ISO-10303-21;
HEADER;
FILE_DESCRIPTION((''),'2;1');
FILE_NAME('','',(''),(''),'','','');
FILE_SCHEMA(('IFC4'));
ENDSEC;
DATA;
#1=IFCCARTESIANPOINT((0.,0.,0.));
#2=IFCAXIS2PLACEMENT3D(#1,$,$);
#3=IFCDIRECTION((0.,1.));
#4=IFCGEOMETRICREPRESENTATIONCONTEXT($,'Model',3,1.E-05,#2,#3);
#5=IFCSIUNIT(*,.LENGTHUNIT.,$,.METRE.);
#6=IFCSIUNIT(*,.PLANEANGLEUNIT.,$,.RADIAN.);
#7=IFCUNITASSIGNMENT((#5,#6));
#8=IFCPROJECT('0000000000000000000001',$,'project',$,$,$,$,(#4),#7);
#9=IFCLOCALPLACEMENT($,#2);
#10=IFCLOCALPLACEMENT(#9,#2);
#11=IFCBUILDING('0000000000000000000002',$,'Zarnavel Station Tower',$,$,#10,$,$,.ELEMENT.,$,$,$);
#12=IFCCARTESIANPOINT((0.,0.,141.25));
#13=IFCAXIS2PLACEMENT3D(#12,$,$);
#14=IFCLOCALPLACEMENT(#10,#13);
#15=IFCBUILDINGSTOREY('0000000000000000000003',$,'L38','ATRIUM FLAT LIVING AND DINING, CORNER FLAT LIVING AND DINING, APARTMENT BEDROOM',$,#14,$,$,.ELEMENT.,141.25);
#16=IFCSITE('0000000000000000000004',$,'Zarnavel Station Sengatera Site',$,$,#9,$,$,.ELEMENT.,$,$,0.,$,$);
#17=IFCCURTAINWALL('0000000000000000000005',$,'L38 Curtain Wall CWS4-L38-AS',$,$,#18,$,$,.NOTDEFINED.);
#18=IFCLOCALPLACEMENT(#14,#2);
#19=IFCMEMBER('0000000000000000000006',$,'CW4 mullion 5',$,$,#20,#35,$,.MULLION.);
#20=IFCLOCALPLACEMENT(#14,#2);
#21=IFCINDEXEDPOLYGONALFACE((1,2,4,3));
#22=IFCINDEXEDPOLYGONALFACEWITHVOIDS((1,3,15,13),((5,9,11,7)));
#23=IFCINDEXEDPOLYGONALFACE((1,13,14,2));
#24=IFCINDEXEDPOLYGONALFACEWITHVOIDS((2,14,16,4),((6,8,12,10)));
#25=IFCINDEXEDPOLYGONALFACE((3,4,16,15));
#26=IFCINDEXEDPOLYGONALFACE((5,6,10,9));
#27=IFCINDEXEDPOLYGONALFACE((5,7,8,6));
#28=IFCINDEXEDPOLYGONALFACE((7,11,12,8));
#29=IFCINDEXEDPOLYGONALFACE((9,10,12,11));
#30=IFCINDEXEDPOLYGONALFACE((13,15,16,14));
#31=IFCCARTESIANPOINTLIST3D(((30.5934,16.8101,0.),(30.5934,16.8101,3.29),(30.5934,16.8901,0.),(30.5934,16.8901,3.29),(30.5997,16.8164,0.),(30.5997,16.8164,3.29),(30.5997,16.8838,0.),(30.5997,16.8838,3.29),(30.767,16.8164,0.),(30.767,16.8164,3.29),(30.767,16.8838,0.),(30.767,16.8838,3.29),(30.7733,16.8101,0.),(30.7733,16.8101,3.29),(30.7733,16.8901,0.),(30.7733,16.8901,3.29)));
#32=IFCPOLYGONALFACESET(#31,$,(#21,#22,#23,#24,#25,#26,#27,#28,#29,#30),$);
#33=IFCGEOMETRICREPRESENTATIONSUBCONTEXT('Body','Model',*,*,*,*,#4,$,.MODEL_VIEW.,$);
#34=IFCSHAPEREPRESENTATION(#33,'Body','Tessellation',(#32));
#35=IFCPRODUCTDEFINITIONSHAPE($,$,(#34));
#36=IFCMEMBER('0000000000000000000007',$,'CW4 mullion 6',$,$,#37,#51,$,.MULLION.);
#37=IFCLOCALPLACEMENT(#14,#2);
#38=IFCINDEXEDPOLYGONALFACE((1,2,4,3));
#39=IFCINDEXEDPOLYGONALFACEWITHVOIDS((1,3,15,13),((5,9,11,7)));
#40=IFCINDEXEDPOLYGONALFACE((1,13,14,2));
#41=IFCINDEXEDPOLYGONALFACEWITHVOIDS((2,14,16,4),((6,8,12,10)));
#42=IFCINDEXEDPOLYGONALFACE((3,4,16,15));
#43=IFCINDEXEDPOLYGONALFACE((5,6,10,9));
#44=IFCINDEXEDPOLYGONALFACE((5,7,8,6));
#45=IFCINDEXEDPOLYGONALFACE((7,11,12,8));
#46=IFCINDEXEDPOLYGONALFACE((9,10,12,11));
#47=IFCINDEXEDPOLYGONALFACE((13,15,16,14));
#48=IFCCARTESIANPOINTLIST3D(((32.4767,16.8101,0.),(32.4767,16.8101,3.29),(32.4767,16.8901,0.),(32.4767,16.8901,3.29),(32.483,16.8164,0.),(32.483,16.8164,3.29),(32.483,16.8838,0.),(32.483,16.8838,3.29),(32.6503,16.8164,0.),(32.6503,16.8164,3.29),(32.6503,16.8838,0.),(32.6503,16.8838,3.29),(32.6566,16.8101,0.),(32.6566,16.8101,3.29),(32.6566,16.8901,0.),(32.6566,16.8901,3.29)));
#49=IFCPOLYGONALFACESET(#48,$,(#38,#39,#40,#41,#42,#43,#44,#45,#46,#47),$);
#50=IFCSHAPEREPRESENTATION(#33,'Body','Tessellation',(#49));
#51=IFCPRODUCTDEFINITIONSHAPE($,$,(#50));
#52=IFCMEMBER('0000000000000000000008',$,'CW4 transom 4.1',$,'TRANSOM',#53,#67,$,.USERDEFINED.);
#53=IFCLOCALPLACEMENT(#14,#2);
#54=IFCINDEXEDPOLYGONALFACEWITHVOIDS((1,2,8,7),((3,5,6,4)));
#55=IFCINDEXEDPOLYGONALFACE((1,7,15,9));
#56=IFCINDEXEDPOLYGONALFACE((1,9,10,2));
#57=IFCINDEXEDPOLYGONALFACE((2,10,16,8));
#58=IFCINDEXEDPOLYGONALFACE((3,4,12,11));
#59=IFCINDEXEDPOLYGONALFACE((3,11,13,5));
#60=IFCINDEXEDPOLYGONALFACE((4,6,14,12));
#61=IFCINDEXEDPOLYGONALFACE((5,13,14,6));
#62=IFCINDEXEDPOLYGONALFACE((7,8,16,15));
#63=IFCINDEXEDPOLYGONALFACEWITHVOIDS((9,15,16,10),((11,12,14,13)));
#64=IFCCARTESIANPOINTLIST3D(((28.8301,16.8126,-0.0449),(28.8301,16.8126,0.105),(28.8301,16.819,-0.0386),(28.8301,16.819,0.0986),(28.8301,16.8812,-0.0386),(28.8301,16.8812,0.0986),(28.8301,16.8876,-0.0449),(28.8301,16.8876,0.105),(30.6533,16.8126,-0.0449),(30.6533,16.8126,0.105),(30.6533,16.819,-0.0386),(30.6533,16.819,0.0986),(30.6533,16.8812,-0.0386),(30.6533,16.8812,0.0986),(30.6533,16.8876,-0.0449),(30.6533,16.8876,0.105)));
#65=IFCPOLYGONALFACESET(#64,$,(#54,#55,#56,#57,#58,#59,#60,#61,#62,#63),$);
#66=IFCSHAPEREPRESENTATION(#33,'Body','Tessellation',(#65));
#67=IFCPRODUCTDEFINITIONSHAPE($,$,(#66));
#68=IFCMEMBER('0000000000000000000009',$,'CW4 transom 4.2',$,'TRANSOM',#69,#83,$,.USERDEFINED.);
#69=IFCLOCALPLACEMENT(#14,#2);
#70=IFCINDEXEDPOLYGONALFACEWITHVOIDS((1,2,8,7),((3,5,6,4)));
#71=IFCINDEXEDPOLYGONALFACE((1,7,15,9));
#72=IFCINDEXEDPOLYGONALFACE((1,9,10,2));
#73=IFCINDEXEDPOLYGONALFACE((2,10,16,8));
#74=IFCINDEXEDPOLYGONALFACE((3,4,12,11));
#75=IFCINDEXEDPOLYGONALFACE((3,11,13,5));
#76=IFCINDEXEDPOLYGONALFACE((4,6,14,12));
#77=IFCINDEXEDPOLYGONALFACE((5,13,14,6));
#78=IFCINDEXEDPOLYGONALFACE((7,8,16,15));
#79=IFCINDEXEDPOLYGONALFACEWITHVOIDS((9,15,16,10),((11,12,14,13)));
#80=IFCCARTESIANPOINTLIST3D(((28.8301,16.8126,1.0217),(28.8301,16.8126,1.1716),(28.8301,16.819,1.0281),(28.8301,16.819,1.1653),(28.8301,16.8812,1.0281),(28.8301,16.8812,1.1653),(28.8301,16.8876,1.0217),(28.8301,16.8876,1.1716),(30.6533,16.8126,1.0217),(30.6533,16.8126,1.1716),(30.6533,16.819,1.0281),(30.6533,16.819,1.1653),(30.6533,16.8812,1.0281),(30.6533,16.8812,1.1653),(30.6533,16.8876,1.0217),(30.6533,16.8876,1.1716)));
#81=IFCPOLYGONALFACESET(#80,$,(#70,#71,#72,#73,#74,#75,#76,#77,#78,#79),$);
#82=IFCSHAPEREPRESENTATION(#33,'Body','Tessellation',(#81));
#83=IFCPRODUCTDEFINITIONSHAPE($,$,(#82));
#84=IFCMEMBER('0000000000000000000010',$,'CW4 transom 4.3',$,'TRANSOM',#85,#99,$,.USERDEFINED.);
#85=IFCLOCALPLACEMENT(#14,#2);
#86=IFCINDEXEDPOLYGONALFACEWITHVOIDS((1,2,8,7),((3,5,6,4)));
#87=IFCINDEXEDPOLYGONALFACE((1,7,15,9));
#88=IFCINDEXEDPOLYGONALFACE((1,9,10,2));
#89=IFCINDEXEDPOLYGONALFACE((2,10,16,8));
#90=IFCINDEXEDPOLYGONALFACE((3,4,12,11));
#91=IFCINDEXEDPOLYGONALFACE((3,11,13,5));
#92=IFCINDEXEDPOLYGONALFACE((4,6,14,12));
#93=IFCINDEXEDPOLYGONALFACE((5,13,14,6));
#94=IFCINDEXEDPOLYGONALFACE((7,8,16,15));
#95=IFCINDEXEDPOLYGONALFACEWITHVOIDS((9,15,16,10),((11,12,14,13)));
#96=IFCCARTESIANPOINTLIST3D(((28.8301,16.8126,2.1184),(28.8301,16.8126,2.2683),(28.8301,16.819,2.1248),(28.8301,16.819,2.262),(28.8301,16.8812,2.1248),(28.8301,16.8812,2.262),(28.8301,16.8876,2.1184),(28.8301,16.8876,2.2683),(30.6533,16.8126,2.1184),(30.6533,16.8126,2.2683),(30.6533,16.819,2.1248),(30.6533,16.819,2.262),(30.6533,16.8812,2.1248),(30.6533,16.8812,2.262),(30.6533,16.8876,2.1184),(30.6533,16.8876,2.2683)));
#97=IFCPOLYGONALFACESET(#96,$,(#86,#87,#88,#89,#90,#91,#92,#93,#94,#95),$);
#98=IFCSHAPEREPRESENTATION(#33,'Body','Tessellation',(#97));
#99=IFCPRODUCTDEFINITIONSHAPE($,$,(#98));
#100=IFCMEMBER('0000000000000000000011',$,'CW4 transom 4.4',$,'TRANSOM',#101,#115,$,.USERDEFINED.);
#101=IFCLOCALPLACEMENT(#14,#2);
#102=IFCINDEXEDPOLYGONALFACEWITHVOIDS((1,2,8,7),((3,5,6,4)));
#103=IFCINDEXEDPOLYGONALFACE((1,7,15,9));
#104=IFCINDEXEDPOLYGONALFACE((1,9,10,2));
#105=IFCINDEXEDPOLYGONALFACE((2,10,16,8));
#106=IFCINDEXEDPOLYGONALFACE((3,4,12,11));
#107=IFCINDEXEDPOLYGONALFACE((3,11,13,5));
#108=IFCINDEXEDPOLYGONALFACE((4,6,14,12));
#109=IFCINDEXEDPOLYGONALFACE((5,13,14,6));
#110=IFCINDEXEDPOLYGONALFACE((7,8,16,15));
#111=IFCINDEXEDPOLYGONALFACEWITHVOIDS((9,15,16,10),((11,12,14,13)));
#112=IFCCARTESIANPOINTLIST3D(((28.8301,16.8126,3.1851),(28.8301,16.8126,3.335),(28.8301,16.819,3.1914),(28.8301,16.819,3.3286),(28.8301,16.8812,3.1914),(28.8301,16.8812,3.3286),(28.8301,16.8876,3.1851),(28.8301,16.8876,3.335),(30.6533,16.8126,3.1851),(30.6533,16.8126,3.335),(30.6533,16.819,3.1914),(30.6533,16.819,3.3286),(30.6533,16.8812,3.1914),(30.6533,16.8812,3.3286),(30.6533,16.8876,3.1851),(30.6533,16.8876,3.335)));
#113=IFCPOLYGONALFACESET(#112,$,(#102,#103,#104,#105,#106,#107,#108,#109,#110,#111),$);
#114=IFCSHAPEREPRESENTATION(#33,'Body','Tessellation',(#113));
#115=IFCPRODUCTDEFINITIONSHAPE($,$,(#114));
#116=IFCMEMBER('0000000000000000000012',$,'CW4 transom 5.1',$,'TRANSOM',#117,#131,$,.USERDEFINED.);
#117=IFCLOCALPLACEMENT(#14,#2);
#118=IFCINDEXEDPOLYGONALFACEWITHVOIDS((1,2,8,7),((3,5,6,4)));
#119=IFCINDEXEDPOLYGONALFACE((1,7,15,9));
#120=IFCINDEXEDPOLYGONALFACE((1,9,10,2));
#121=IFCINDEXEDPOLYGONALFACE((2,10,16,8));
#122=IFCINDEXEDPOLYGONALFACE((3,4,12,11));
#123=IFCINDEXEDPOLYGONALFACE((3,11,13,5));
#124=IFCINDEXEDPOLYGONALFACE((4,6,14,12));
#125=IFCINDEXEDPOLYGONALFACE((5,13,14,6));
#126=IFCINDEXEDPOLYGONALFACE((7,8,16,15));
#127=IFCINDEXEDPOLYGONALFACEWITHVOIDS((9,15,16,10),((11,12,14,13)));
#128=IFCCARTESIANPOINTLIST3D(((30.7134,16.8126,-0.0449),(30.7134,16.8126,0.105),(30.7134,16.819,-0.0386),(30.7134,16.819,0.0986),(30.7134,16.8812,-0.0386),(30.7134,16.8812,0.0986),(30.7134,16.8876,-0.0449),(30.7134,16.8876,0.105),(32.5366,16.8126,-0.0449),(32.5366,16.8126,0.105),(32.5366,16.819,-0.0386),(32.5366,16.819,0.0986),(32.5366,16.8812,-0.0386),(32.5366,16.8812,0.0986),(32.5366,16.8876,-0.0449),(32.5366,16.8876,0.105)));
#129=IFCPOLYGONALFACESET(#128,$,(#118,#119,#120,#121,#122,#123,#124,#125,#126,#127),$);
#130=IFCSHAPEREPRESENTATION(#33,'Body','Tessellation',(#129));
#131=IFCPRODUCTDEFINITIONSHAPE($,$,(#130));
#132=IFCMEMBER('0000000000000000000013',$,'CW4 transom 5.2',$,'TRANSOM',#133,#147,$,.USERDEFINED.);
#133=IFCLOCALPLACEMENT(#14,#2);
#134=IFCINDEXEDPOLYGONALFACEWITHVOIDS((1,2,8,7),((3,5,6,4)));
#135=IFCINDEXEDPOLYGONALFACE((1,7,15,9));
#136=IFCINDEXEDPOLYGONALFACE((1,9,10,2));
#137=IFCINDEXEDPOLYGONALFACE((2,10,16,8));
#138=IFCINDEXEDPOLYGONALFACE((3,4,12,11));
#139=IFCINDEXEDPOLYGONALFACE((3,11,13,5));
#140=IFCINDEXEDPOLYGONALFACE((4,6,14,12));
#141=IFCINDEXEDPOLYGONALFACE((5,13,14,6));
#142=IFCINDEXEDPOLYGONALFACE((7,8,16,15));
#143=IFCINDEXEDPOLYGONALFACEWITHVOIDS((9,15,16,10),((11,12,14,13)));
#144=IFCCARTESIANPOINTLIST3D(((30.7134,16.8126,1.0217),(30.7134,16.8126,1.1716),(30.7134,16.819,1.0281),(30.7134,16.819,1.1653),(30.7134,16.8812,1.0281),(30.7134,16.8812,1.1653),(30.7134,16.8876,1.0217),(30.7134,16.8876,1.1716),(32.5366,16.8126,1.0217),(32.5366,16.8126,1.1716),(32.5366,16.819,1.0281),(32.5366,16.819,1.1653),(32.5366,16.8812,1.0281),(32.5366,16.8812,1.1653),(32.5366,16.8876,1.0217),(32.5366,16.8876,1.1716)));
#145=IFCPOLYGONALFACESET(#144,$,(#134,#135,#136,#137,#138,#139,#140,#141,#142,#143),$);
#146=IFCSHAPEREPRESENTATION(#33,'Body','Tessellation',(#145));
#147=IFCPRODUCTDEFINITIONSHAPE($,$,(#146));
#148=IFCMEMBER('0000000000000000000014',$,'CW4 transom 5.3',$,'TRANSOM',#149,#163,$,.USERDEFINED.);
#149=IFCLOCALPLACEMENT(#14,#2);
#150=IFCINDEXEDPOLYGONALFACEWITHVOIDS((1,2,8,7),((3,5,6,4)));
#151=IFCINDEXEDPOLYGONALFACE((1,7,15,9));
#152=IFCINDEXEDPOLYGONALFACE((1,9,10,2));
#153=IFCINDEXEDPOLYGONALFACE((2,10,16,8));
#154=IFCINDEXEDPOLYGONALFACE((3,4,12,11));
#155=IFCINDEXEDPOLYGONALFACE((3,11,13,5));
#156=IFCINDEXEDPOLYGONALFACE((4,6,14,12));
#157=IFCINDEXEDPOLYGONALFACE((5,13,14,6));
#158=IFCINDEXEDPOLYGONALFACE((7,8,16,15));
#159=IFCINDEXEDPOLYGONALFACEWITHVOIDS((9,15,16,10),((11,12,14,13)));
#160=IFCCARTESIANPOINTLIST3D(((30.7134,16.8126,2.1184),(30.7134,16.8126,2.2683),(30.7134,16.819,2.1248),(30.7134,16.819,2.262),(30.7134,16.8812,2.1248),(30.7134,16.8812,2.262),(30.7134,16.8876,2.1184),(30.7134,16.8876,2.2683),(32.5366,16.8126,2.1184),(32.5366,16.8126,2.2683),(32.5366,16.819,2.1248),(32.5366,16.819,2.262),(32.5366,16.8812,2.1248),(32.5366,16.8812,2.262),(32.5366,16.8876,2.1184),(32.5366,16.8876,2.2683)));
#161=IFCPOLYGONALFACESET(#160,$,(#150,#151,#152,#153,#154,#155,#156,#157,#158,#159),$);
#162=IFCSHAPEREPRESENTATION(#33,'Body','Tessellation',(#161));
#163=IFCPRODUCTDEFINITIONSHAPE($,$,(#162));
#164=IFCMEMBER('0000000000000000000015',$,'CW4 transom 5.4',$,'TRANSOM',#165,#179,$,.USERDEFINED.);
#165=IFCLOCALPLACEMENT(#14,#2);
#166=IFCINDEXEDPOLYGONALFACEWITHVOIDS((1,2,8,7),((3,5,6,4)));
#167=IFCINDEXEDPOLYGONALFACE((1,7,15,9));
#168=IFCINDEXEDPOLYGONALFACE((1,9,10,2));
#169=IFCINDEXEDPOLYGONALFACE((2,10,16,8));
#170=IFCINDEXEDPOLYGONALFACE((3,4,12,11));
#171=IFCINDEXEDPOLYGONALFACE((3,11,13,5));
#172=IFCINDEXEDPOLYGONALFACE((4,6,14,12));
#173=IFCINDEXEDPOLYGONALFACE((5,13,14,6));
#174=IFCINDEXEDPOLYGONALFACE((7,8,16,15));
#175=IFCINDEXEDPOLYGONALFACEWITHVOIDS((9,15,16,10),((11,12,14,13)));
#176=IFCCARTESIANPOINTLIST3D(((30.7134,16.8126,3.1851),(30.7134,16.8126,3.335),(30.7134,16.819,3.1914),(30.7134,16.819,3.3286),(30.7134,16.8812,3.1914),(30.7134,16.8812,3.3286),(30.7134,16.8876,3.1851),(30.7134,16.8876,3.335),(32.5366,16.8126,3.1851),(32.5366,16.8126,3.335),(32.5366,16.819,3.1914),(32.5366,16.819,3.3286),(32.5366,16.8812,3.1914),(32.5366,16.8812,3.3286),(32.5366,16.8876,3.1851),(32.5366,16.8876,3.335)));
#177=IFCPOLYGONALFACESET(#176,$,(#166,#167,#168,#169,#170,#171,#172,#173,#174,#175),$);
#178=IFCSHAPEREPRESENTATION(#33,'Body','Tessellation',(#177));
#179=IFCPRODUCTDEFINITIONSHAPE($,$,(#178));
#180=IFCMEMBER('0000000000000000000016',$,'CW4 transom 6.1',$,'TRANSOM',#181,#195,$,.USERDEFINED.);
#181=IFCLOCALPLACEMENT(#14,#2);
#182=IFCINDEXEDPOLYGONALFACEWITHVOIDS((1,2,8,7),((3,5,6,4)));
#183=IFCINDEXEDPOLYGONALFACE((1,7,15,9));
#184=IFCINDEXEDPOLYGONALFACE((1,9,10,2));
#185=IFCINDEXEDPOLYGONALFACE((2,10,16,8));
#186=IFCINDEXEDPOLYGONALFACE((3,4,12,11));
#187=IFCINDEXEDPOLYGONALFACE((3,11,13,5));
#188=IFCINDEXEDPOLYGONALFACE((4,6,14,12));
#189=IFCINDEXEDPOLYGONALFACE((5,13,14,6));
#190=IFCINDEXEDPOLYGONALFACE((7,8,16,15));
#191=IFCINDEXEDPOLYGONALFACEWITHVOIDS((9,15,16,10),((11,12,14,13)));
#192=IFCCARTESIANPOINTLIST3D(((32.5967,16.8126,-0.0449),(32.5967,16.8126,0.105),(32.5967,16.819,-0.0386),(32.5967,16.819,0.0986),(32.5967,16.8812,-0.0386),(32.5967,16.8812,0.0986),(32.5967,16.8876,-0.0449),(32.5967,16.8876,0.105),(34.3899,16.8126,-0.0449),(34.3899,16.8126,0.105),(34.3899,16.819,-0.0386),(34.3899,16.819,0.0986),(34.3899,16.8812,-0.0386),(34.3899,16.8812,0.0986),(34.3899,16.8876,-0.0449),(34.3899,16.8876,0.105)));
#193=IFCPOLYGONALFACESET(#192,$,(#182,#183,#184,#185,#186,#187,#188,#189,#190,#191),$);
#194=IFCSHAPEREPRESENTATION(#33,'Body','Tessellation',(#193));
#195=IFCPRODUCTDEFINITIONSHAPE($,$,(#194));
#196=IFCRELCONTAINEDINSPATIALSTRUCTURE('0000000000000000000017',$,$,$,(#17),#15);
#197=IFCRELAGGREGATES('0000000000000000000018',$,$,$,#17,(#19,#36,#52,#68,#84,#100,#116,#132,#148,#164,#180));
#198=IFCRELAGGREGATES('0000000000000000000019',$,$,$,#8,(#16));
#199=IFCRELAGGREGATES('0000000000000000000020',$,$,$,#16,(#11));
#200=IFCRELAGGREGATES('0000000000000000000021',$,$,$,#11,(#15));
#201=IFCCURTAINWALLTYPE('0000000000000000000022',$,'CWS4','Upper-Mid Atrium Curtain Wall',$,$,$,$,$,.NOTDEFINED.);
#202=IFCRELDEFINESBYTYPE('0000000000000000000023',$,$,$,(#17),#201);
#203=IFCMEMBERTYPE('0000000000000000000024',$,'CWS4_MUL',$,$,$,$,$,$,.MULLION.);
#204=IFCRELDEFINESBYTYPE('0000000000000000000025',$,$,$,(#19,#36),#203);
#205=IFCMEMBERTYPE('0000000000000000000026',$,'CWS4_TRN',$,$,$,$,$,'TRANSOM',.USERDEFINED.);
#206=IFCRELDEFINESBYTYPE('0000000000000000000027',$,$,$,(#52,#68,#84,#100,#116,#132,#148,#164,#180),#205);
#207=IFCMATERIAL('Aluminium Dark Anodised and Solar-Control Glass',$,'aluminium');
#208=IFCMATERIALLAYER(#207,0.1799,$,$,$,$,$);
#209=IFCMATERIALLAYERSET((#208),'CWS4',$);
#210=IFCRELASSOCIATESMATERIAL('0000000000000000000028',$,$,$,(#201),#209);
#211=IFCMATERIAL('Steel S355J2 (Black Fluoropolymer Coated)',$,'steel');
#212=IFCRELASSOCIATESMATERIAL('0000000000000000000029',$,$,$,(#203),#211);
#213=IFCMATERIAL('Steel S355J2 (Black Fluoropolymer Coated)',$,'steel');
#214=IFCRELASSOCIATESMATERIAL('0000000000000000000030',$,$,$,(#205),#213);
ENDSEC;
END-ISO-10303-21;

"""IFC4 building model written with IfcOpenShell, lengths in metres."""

from ifc_helpers import new_model, si_unit, direction, frame, origin, origin_2d, place, context, subcontext, project, spatial, hollow_rectangle, extrude, material, layer, layer_set, material_profile, profile_set, type_object, element, aggregate, save


model = new_model("IFC4")

# Units and contexts
model_context = context("Model", 3, precision=1e-05, world=origin(), true_north=direction((0.0, 1.0)))
body_context = subcontext(model_context, "Body", "Model", "MODEL_VIEW")
ifc_project = project(units=[si_unit("LENGTHUNIT", "METRE"), si_unit("PLANEANGLEUNIT", "RADIAN")], contexts=[model_context])

# Site, building, storey
site_placement = place(None, origin())
site = spatial("IfcSite", under=ifc_project, at=site_placement, Name="Zarnavel Station Sengatera Site", CompositionType="ELEMENT", RefElevation=0.0)
building_placement = place(site_placement, origin())
building = spatial("IfcBuilding", under=site, at=building_placement, Name="Zarnavel Station Tower", CompositionType="ELEMENT")
storey_placement = place(building_placement, frame((0.0, 0.0, 141.25)))
storey = spatial("IfcBuildingStorey", under=building, at=storey_placement, Name="L38", Description="ATRIUM FLAT LIVING AND DINING, CORNER FLAT LIVING AND DINING, APARTMENT BEDROOM", CompositionType="ELEMENT", Elevation=141.25)

# Curtain wall, members
ifc_material_1 = material(Name="Aluminium Dark Anodised and Solar-Control Glass", Category="aluminium")
ifc_layer_1 = layer(ifc_material_1, 0.1799)
ifc_layer_set_1 = layer_set([ifc_layer_1], Name="CWS4")
curtain_wall_type = type_object("IfcCurtainWallType", Name="CWS4", Description="Upper-Mid Atrium Curtain Wall", PredefinedType="NOTDEFINED", material=ifc_layer_set_1)
curtain_wall_placement = place(storey_placement, origin())
curtain_wall = element("IfcCurtainWall", 1, at=curtain_wall_placement, inside=storey, type_object=curtain_wall_type, Name="L38 Curtain Wall CWS4-L38-AS", PredefinedType="NOTDEFINED")
ifc_material_2 = material(Name="Steel S355J2 (Black Fluoropolymer Coated)", Category="steel")
ifc_material_profile_1 = material_profile(ifc_material_2, hollow_rectangle(XDim=0.0801, YDim=0.1799, WallThickness=0.0063, at=origin_2d()), Name="RHS180x80x6.3")
ifc_profile_set_1 = profile_set([ifc_material_profile_1], Name="Steel S355J2 (Black Fluoropolymer Coated)")
member_type_1 = type_object("IfcMemberType", Name="CWS4_MUL", PredefinedType="MULLION", material=ifc_profile_set_1)
member_1_placement = place(storey_placement, frame((30.6833, 16.8501, 0.0), z_axis=(0.0, 0.0, 1.0), x_axis=(0.0, 1.0, 0.0)))
member_1 = element("IfcMember", 2, at=member_1_placement, type_object=member_type_1, Name="CW4 mullion 5", PredefinedType="MULLION", context=body_context, shape_type="SweptSolid", body=[
    extrude(hollow_rectangle(XDim=0.0801, YDim=0.1799, WallThickness=0.0063, at=origin_2d()), origin(), (0.0, 0.0, 1.0), 3.29),
])
member_2_placement = place(storey_placement, frame((32.5667, 16.8501, 0.0), z_axis=(0.0, 0.0, 1.0), x_axis=(0.0, 1.0, 0.0)))
member_2 = element("IfcMember", 3, at=member_2_placement, type_object=member_type_1, Name="CW4 mullion 6", PredefinedType="MULLION", context=body_context, shape_type="SweptSolid", body=[
    extrude(hollow_rectangle(XDim=0.0801, YDim=0.1799, WallThickness=0.0063, at=origin_2d()), origin(), (0.0, 0.0, 1.0), 3.29),
])
ifc_material_3 = material(Name="Steel S355J2 (Black Fluoropolymer Coated)", Category="steel")
ifc_material_profile_2 = material_profile(ifc_material_3, hollow_rectangle(XDim=0.075, YDim=0.1499, WallThickness=0.0063, at=origin_2d()), Name="RHS150x75x6.3")
ifc_profile_set_2 = profile_set([ifc_material_profile_2], Name="Steel S355J2 (Black Fluoropolymer Coated)")
member_type_2 = type_object("IfcMemberType", Name="CWS4_TRN", ElementType="TRANSOM", PredefinedType="USERDEFINED", material=ifc_profile_set_2)
member_3_placement = place(storey_placement, frame((28.8301, 16.8501, 0.03), z_axis=(1.0, 0.0, 0.0), x_axis=(0.0, 1.0, 0.0)))
member_3 = element("IfcMember", 4, at=member_3_placement, type_object=member_type_2, Name="CW4 transom 4.1", ObjectType="TRANSOM", PredefinedType="USERDEFINED", context=body_context, shape_type="SweptSolid", body=[
    extrude(hollow_rectangle(XDim=0.075, YDim=0.1499, WallThickness=0.0063, at=origin_2d()), origin(), (0.0, 0.0, 1.0), 1.8232),
])
member_4_placement = place(storey_placement, frame((28.8301, 16.8501, 1.0967), z_axis=(1.0, 0.0, 0.0), x_axis=(0.0, 1.0, 0.0)))
member_4 = element("IfcMember", 5, at=member_4_placement, type_object=member_type_2, Name="CW4 transom 4.2", ObjectType="TRANSOM", PredefinedType="USERDEFINED", context=body_context, shape_type="SweptSolid", body=[
    extrude(hollow_rectangle(XDim=0.075, YDim=0.1499, WallThickness=0.0063, at=origin_2d()), origin(), (0.0, 0.0, 1.0), 1.8232),
])
member_5_placement = place(storey_placement, frame((28.8301, 16.8501, 2.1934), z_axis=(1.0, 0.0, 0.0), x_axis=(0.0, 1.0, 0.0)))
member_5 = element("IfcMember", 6, at=member_5_placement, type_object=member_type_2, Name="CW4 transom 4.3", ObjectType="TRANSOM", PredefinedType="USERDEFINED", context=body_context, shape_type="SweptSolid", body=[
    extrude(hollow_rectangle(XDim=0.075, YDim=0.1499, WallThickness=0.0063, at=origin_2d()), origin(), (0.0, 0.0, 1.0), 1.8232),
])
member_6_placement = place(storey_placement, frame((28.8301, 16.8501, 3.26), z_axis=(1.0, 0.0, 0.0), x_axis=(0.0, 1.0, 0.0)))
member_6 = element("IfcMember", 7, at=member_6_placement, type_object=member_type_2, Name="CW4 transom 4.4", ObjectType="TRANSOM", PredefinedType="USERDEFINED", context=body_context, shape_type="SweptSolid", body=[
    extrude(hollow_rectangle(XDim=0.075, YDim=0.1499, WallThickness=0.0063, at=origin_2d()), origin(), (0.0, 0.0, 1.0), 1.8232),
])
member_7_placement = place(storey_placement, frame((30.7134, 16.8501, 0.03), z_axis=(1.0, 0.0, 0.0), x_axis=(0.0, 1.0, 0.0)))
member_7 = element("IfcMember", 8, at=member_7_placement, type_object=member_type_2, Name="CW4 transom 5.1", ObjectType="TRANSOM", PredefinedType="USERDEFINED", context=body_context, shape_type="SweptSolid", body=[
    extrude(hollow_rectangle(XDim=0.075, YDim=0.1499, WallThickness=0.0063, at=origin_2d()), origin(), (0.0, 0.0, 1.0), 1.8232),
])
member_8_placement = place(storey_placement, frame((30.7134, 16.8501, 1.0967), z_axis=(1.0, 0.0, 0.0), x_axis=(0.0, 1.0, 0.0)))
member_8 = element("IfcMember", 9, at=member_8_placement, type_object=member_type_2, Name="CW4 transom 5.2", ObjectType="TRANSOM", PredefinedType="USERDEFINED", context=body_context, shape_type="SweptSolid", body=[
    extrude(hollow_rectangle(XDim=0.075, YDim=0.1499, WallThickness=0.0063, at=origin_2d()), origin(), (0.0, 0.0, 1.0), 1.8232),
])
member_9_placement = place(storey_placement, frame((30.7134, 16.8501, 2.1934), z_axis=(1.0, 0.0, 0.0), x_axis=(0.0, 1.0, 0.0)))
member_9 = element("IfcMember", 10, at=member_9_placement, type_object=member_type_2, Name="CW4 transom 5.3", ObjectType="TRANSOM", PredefinedType="USERDEFINED", context=body_context, shape_type="SweptSolid", body=[
    extrude(hollow_rectangle(XDim=0.075, YDim=0.1499, WallThickness=0.0063, at=origin_2d()), origin(), (0.0, 0.0, 1.0), 1.8232),
])
member_10_placement = place(storey_placement, frame((30.7134, 16.8501, 3.26), z_axis=(1.0, 0.0, 0.0), x_axis=(0.0, 1.0, 0.0)))
member_10 = element("IfcMember", 11, at=member_10_placement, type_object=member_type_2, Name="CW4 transom 5.4", ObjectType="TRANSOM", PredefinedType="USERDEFINED", context=body_context, shape_type="SweptSolid", body=[
    extrude(hollow_rectangle(XDim=0.075, YDim=0.1499, WallThickness=0.0063, at=origin_2d()), origin(), (0.0, 0.0, 1.0), 1.8232),
])
member_11_placement = place(storey_placement, frame((32.5967, 16.8501, 0.03), z_axis=(1.0, 0.0, 0.0), x_axis=(0.0, 1.0, 0.0)))
member_11 = element("IfcMember", 12, at=member_11_placement, type_object=member_type_2, Name="CW4 transom 6.1", ObjectType="TRANSOM", PredefinedType="USERDEFINED", context=body_context, shape_type="SweptSolid", body=[
    extrude(hollow_rectangle(XDim=0.075, YDim=0.1499, WallThickness=0.0063, at=origin_2d()), origin(), (0.0, 0.0, 1.0), 1.7932),
])
aggregate(curtain_wall, [member_1, member_2, member_3, member_4, member_5, member_6, member_7, member_8, member_9, member_10, member_11])

save(model, "model.ifc")
